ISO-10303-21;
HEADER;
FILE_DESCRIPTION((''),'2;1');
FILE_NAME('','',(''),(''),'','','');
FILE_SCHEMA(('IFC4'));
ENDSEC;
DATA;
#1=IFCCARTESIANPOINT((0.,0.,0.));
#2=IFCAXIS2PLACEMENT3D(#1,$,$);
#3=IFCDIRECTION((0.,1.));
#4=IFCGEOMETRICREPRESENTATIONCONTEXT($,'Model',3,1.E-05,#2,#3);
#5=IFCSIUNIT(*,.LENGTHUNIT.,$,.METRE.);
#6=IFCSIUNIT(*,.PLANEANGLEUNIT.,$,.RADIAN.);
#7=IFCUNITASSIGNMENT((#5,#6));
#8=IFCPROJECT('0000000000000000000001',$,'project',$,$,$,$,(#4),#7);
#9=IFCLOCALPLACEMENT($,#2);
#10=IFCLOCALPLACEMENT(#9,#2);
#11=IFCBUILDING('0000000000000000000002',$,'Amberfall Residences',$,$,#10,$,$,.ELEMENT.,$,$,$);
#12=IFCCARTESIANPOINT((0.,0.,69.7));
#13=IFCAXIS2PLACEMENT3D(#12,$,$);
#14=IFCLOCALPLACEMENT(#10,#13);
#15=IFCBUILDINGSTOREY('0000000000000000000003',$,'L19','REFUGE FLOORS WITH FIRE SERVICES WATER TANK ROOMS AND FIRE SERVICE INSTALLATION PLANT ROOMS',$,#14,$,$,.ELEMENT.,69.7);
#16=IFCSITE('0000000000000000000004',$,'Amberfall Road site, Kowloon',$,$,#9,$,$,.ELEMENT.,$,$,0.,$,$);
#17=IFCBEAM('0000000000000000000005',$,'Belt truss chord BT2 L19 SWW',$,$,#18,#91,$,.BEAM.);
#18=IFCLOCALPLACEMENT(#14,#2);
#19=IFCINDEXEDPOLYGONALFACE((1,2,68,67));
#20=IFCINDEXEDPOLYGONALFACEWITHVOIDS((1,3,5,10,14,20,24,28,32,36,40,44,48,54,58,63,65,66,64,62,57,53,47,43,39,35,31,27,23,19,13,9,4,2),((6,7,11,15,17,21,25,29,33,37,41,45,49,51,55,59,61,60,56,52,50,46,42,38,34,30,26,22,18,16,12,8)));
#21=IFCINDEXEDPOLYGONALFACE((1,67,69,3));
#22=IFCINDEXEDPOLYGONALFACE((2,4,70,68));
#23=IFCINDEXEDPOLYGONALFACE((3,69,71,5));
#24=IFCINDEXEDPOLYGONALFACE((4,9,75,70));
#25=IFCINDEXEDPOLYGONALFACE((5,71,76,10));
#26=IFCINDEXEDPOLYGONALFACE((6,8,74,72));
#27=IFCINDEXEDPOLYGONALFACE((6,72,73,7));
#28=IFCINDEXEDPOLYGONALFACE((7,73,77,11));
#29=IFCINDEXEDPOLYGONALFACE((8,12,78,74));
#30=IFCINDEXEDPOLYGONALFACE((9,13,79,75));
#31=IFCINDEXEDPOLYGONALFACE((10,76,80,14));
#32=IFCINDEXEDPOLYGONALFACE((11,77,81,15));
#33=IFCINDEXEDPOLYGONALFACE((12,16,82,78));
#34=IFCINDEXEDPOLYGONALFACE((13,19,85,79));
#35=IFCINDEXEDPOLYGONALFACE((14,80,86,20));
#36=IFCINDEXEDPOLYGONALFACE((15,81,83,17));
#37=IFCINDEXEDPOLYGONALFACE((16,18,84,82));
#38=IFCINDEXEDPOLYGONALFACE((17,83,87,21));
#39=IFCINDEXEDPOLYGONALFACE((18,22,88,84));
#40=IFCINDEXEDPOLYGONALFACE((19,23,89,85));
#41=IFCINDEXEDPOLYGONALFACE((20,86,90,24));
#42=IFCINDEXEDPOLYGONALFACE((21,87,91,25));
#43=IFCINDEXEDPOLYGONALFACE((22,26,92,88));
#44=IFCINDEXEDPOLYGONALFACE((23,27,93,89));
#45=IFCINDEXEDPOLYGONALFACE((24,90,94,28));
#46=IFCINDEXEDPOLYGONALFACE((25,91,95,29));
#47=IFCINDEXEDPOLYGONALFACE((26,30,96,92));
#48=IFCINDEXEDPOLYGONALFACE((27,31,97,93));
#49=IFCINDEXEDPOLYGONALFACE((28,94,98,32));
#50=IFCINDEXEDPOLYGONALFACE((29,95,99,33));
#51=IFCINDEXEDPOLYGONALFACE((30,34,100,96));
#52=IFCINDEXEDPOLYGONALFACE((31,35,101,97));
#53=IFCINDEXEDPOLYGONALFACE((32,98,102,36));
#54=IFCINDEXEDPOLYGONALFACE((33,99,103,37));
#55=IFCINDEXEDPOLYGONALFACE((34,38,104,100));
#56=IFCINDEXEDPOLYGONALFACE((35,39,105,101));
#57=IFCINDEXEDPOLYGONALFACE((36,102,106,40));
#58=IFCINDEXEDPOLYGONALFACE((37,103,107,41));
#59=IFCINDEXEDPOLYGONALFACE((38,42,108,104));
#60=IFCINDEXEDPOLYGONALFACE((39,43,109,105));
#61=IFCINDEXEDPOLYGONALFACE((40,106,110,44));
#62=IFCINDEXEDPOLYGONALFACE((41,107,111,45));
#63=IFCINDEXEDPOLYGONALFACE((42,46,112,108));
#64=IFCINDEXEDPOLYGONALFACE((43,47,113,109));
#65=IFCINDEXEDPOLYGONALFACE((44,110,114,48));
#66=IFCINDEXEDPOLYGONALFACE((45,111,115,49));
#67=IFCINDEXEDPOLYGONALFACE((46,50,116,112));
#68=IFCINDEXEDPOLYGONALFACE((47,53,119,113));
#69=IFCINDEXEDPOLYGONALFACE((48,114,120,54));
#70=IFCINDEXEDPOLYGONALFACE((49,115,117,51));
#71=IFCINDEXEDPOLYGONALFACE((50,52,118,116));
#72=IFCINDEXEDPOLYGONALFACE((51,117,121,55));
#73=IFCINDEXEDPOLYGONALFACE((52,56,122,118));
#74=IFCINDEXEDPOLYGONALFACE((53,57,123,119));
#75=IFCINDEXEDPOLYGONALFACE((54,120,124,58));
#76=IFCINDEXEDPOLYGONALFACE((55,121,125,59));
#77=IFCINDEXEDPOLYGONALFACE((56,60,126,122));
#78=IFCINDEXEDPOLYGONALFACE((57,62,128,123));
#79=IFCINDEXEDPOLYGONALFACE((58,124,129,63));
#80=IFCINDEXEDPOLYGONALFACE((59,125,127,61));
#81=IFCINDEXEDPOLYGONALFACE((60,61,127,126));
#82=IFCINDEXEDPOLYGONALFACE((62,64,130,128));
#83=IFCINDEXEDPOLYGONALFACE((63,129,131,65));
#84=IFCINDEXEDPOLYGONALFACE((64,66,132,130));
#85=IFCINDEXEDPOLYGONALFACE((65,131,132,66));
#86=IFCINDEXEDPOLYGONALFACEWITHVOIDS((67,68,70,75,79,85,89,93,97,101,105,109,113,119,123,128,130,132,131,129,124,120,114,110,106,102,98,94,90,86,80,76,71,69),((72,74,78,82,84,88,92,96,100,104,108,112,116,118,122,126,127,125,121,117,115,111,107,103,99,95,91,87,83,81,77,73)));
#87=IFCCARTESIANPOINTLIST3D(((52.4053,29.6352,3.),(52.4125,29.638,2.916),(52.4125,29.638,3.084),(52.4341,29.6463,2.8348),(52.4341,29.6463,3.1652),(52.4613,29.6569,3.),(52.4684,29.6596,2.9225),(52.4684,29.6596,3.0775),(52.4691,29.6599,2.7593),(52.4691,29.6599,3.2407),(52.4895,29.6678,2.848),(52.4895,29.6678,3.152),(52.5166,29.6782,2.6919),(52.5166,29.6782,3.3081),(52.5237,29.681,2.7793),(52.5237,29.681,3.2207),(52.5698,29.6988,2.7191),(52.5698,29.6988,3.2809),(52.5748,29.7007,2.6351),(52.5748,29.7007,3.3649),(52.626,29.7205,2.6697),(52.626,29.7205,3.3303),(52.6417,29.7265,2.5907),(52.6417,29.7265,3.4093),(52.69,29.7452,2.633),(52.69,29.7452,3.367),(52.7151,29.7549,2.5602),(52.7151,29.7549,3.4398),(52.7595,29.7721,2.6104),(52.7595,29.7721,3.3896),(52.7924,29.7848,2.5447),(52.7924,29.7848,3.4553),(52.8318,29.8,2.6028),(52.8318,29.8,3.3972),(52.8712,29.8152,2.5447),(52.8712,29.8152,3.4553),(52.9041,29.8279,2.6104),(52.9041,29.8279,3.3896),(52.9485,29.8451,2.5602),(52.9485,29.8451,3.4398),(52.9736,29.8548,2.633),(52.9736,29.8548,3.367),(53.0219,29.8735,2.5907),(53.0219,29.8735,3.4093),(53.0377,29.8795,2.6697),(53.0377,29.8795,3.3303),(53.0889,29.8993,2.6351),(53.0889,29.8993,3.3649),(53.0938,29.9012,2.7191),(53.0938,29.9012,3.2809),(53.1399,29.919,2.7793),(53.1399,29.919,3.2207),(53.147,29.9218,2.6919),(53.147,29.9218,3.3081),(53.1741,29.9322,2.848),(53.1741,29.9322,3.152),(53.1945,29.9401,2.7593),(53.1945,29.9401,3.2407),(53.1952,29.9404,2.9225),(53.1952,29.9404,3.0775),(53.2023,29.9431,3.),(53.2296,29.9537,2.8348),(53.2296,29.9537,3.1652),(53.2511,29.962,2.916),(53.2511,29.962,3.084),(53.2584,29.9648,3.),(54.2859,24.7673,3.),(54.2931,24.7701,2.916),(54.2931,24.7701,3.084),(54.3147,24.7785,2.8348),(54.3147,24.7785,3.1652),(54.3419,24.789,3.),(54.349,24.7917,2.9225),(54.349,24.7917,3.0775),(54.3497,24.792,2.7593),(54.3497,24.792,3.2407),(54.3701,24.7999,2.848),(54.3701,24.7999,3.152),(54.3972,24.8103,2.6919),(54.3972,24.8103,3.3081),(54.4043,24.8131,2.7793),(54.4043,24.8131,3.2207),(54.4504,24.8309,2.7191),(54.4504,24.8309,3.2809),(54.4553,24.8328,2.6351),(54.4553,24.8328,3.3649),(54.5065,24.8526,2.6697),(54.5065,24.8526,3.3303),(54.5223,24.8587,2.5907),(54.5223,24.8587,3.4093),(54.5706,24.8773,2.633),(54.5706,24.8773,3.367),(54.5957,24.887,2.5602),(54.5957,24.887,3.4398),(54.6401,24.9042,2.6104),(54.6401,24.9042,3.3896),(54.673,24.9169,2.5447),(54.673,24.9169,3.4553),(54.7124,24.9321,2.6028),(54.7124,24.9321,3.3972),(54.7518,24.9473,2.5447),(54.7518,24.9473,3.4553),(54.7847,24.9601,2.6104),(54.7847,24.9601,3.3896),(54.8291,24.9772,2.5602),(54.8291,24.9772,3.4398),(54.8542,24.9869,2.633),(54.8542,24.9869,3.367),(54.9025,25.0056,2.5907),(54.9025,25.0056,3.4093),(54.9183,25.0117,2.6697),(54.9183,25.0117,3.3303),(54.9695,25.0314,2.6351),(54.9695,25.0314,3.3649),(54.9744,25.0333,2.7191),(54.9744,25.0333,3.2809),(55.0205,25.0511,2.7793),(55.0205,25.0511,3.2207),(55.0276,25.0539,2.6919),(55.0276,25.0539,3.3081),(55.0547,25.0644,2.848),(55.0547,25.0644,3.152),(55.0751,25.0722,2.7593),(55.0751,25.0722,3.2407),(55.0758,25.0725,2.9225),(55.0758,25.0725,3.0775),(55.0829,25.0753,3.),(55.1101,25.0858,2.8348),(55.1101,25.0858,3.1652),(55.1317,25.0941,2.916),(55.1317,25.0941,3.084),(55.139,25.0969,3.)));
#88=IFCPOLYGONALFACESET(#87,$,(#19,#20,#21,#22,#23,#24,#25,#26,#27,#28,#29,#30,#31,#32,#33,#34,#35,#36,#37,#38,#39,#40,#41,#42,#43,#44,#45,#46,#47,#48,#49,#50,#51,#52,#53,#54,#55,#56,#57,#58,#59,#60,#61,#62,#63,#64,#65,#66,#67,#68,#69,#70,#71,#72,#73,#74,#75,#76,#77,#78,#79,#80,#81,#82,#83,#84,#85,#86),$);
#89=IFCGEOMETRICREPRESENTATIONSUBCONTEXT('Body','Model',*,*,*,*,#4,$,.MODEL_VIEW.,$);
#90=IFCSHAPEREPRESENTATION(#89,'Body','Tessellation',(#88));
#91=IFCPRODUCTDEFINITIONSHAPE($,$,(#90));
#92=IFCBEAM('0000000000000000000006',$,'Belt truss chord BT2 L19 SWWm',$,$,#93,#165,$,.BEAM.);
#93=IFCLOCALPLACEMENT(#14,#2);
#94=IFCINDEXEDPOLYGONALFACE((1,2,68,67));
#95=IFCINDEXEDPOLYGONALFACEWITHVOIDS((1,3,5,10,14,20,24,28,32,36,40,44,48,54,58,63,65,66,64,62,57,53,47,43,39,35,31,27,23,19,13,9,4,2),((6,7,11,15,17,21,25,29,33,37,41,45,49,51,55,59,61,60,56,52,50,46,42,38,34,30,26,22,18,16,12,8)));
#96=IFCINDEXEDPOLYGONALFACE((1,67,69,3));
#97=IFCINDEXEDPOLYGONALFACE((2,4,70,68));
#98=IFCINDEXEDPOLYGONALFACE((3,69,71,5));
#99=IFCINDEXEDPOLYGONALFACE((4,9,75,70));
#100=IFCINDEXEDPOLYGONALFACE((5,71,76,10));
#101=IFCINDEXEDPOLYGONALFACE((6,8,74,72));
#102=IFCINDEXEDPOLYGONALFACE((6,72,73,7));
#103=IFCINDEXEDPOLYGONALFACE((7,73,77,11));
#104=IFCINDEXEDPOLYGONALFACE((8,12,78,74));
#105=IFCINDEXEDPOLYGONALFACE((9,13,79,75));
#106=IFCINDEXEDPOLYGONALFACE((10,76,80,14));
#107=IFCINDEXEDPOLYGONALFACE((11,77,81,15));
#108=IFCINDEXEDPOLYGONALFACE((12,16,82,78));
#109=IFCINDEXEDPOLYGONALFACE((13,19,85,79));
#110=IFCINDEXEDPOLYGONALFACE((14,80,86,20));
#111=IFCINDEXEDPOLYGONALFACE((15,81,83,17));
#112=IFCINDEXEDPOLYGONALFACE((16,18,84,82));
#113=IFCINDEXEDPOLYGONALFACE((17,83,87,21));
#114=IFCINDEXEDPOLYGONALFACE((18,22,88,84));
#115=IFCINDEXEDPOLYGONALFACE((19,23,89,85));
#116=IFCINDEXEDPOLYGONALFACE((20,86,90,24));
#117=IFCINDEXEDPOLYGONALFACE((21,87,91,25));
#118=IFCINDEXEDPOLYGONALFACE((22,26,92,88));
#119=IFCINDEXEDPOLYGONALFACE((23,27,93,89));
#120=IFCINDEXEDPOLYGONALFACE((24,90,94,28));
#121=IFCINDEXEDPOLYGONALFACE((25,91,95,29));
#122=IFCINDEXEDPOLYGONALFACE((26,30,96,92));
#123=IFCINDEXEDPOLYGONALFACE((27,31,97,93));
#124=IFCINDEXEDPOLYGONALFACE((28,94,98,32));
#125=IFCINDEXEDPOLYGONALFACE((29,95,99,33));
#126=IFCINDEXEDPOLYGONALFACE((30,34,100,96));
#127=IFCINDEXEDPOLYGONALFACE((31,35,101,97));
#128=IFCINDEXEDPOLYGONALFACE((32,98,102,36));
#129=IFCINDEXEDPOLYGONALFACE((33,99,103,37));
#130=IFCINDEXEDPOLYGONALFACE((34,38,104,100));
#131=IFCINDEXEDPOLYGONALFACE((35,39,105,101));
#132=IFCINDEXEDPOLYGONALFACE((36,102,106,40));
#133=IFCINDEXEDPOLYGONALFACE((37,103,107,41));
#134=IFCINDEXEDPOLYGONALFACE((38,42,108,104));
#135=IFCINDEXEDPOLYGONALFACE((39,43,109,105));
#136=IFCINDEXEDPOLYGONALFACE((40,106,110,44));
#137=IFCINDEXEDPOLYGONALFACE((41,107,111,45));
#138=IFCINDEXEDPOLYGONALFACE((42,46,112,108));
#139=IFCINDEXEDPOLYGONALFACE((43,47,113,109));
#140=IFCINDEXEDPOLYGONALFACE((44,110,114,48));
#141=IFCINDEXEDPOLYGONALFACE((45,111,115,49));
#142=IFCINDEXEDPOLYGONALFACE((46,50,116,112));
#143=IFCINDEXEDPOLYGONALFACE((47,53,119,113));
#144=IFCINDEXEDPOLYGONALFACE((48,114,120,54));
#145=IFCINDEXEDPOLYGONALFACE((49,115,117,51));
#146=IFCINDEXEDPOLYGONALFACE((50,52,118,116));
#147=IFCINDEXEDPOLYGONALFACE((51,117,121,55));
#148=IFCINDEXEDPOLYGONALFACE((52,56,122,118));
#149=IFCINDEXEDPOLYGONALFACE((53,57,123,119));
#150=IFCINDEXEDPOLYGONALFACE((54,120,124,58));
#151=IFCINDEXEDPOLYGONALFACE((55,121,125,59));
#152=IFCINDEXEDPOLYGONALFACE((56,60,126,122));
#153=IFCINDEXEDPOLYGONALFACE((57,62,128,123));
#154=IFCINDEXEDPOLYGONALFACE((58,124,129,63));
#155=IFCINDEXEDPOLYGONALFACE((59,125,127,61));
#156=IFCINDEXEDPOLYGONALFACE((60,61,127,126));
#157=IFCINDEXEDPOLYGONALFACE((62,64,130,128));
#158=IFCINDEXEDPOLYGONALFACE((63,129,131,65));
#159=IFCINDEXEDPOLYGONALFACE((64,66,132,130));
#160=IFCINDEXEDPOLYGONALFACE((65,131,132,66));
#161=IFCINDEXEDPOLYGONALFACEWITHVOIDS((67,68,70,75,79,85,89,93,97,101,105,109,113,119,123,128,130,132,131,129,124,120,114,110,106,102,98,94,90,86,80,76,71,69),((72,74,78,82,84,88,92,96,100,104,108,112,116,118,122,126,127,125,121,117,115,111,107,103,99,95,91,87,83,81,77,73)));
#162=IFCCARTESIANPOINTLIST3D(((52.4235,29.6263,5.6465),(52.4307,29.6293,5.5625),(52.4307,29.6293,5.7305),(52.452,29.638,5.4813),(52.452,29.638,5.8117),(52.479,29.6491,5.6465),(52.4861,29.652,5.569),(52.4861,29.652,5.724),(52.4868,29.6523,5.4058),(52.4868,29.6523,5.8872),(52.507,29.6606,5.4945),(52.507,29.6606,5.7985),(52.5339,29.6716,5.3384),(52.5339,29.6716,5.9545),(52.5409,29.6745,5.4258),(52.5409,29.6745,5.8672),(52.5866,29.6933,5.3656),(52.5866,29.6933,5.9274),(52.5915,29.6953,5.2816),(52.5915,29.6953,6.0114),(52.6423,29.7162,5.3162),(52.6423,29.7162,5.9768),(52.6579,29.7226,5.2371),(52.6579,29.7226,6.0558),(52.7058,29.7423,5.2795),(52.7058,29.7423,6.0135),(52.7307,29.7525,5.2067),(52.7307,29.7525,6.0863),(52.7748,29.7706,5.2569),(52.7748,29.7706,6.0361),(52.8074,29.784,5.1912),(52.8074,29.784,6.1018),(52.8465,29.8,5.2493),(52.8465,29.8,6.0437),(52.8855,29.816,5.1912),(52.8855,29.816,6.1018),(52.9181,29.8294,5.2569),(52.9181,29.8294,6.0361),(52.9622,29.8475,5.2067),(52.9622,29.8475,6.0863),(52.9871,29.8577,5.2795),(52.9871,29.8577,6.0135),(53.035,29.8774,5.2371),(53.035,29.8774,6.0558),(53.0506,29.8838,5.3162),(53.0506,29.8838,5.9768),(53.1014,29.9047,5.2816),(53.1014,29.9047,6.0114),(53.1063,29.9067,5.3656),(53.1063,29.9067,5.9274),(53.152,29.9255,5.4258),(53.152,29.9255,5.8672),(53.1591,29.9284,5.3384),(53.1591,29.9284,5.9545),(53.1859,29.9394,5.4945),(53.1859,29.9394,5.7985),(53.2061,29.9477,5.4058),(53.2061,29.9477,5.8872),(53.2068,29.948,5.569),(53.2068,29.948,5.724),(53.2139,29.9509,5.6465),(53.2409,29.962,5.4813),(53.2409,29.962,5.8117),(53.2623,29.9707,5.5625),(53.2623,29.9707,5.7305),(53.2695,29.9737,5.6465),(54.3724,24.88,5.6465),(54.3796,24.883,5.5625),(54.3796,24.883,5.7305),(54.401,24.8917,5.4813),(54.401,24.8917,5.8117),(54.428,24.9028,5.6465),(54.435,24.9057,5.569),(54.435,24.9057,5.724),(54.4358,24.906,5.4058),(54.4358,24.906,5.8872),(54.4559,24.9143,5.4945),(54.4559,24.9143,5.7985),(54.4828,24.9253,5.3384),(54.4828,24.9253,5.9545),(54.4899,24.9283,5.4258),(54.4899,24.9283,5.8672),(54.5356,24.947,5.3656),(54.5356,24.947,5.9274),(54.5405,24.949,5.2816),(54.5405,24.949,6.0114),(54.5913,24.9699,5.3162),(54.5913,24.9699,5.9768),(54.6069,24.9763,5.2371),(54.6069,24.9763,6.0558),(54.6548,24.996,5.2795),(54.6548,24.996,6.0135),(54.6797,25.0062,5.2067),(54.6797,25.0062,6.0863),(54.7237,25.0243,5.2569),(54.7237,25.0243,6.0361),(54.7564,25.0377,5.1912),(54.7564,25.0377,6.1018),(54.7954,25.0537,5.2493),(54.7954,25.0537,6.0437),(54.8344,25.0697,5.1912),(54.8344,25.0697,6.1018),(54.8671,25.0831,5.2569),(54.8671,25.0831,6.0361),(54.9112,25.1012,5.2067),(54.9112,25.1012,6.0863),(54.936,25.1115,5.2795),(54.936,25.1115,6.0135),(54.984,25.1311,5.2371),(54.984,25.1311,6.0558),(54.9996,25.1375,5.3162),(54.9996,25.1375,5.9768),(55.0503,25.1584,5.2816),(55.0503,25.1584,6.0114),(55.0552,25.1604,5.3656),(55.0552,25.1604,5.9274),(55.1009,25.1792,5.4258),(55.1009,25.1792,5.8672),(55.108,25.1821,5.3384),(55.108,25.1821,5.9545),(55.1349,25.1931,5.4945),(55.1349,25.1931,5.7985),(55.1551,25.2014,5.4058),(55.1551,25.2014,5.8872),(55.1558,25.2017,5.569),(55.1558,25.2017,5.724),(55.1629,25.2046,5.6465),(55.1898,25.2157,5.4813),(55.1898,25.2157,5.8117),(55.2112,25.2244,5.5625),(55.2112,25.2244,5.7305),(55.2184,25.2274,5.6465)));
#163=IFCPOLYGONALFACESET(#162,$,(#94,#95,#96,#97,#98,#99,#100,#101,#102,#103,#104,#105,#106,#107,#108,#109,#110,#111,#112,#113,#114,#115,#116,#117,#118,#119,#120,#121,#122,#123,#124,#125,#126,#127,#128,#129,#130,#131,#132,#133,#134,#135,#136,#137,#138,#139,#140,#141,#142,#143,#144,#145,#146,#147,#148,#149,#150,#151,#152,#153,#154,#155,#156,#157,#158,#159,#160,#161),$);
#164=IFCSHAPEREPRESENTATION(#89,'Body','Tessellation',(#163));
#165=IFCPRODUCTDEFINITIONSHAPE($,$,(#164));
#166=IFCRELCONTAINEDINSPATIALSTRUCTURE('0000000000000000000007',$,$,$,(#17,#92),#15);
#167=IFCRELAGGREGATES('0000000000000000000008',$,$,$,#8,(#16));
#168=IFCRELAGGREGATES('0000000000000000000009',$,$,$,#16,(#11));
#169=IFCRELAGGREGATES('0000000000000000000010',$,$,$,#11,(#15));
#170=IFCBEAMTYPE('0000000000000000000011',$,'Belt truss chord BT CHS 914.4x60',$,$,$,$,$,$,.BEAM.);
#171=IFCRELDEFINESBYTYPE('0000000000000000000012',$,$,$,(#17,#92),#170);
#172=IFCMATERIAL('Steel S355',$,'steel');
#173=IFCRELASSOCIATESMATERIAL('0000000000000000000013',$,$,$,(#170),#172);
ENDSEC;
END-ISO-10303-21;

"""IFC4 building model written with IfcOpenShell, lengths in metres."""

from ifc_helpers import new_model, si_unit, direction, frame, origin, origin_2d, place, context, subcontext, project, spatial, hollow_circle, extrude, material, material_profile, profile_set, type_object, element, save


model = new_model("IFC4")

# Units and contexts
model_context = context("Model", 3, precision=1e-05, world=origin(), true_north=direction((0.0, 1.0)))
body_context = subcontext(model_context, "Body", "Model", "MODEL_VIEW")
ifc_project = project(units=[si_unit("LENGTHUNIT", "METRE"), si_unit("PLANEANGLEUNIT", "RADIAN")], contexts=[model_context])

# Site, building, storey
site_placement = place(None, origin())
site = spatial("IfcSite", under=ifc_project, at=site_placement, Name="Amberfall Road site, Kowloon", CompositionType="ELEMENT", RefElevation=0.0)
building_placement = place(site_placement, origin())
building = spatial("IfcBuilding", under=site, at=building_placement, Name="Amberfall Residences", CompositionType="ELEMENT")
storey_placement = place(building_placement, frame((0.0, 0.0, 69.7)))
storey = spatial("IfcBuildingStorey", under=building, at=storey_placement, Name="L19", Description="REFUGE FLOORS WITH FIRE SERVICES WATER TANK ROOMS AND FIRE SERVICE INSTALLATION PLANT ROOMS", CompositionType="ELEMENT", Elevation=69.7)

# Beams
ifc_material_1 = material(Name="Steel S355", Category="steel")
ifc_material_profile_1 = material_profile(ifc_material_1, hollow_circle(Radius=0.4573, WallThickness=0.0601, at=origin_2d()), Name="CHS 914.4x60")
ifc_profile_set_1 = profile_set([ifc_material_profile_1], Name="Steel S355")
beam_type_1 = type_object("IfcBeamType", Name="Belt truss chord BT CHS 914.4x60", PredefinedType="BEAM", material=ifc_profile_set_1)
beam_1_placement = place(storey_placement, frame((54.7124, 24.9321, 3.0), z_axis=(-0.360371, 0.932809, 0.0), x_axis=(-0.932809, -0.360371, 0.0)))
element("IfcBeam", 1, at=beam_1_placement, inside=storey, type_object=beam_type_1, Name="Belt truss chord BT2 L19 SWW", PredefinedType="BEAM", context=body_context, shape_type="SweptSolid", body=[
    extrude(hollow_circle(Radius=0.4573, WallThickness=0.0601, at=origin_2d()), origin(), (0.0, 0.0, 1.0), 5.2185),
])
beam_2_placement = place(storey_placement, frame((54.7954, 25.0537, 5.6465), z_axis=(-0.37985, 0.925048, 0.0), x_axis=(-0.925048, -0.37985, 0.0)))
element("IfcBeam", 2, at=beam_2_placement, inside=storey, type_object=beam_type_1, Name="Belt truss chord BT2 L19 SWWm", PredefinedType="BEAM", context=body_context, shape_type="SweptSolid", body=[
    extrude(hollow_circle(Radius=0.4573, WallThickness=0.0601, at=origin_2d()), origin(), (0.0, 0.0, 1.0), 5.1309),
])

save(model, "model.ifc")
